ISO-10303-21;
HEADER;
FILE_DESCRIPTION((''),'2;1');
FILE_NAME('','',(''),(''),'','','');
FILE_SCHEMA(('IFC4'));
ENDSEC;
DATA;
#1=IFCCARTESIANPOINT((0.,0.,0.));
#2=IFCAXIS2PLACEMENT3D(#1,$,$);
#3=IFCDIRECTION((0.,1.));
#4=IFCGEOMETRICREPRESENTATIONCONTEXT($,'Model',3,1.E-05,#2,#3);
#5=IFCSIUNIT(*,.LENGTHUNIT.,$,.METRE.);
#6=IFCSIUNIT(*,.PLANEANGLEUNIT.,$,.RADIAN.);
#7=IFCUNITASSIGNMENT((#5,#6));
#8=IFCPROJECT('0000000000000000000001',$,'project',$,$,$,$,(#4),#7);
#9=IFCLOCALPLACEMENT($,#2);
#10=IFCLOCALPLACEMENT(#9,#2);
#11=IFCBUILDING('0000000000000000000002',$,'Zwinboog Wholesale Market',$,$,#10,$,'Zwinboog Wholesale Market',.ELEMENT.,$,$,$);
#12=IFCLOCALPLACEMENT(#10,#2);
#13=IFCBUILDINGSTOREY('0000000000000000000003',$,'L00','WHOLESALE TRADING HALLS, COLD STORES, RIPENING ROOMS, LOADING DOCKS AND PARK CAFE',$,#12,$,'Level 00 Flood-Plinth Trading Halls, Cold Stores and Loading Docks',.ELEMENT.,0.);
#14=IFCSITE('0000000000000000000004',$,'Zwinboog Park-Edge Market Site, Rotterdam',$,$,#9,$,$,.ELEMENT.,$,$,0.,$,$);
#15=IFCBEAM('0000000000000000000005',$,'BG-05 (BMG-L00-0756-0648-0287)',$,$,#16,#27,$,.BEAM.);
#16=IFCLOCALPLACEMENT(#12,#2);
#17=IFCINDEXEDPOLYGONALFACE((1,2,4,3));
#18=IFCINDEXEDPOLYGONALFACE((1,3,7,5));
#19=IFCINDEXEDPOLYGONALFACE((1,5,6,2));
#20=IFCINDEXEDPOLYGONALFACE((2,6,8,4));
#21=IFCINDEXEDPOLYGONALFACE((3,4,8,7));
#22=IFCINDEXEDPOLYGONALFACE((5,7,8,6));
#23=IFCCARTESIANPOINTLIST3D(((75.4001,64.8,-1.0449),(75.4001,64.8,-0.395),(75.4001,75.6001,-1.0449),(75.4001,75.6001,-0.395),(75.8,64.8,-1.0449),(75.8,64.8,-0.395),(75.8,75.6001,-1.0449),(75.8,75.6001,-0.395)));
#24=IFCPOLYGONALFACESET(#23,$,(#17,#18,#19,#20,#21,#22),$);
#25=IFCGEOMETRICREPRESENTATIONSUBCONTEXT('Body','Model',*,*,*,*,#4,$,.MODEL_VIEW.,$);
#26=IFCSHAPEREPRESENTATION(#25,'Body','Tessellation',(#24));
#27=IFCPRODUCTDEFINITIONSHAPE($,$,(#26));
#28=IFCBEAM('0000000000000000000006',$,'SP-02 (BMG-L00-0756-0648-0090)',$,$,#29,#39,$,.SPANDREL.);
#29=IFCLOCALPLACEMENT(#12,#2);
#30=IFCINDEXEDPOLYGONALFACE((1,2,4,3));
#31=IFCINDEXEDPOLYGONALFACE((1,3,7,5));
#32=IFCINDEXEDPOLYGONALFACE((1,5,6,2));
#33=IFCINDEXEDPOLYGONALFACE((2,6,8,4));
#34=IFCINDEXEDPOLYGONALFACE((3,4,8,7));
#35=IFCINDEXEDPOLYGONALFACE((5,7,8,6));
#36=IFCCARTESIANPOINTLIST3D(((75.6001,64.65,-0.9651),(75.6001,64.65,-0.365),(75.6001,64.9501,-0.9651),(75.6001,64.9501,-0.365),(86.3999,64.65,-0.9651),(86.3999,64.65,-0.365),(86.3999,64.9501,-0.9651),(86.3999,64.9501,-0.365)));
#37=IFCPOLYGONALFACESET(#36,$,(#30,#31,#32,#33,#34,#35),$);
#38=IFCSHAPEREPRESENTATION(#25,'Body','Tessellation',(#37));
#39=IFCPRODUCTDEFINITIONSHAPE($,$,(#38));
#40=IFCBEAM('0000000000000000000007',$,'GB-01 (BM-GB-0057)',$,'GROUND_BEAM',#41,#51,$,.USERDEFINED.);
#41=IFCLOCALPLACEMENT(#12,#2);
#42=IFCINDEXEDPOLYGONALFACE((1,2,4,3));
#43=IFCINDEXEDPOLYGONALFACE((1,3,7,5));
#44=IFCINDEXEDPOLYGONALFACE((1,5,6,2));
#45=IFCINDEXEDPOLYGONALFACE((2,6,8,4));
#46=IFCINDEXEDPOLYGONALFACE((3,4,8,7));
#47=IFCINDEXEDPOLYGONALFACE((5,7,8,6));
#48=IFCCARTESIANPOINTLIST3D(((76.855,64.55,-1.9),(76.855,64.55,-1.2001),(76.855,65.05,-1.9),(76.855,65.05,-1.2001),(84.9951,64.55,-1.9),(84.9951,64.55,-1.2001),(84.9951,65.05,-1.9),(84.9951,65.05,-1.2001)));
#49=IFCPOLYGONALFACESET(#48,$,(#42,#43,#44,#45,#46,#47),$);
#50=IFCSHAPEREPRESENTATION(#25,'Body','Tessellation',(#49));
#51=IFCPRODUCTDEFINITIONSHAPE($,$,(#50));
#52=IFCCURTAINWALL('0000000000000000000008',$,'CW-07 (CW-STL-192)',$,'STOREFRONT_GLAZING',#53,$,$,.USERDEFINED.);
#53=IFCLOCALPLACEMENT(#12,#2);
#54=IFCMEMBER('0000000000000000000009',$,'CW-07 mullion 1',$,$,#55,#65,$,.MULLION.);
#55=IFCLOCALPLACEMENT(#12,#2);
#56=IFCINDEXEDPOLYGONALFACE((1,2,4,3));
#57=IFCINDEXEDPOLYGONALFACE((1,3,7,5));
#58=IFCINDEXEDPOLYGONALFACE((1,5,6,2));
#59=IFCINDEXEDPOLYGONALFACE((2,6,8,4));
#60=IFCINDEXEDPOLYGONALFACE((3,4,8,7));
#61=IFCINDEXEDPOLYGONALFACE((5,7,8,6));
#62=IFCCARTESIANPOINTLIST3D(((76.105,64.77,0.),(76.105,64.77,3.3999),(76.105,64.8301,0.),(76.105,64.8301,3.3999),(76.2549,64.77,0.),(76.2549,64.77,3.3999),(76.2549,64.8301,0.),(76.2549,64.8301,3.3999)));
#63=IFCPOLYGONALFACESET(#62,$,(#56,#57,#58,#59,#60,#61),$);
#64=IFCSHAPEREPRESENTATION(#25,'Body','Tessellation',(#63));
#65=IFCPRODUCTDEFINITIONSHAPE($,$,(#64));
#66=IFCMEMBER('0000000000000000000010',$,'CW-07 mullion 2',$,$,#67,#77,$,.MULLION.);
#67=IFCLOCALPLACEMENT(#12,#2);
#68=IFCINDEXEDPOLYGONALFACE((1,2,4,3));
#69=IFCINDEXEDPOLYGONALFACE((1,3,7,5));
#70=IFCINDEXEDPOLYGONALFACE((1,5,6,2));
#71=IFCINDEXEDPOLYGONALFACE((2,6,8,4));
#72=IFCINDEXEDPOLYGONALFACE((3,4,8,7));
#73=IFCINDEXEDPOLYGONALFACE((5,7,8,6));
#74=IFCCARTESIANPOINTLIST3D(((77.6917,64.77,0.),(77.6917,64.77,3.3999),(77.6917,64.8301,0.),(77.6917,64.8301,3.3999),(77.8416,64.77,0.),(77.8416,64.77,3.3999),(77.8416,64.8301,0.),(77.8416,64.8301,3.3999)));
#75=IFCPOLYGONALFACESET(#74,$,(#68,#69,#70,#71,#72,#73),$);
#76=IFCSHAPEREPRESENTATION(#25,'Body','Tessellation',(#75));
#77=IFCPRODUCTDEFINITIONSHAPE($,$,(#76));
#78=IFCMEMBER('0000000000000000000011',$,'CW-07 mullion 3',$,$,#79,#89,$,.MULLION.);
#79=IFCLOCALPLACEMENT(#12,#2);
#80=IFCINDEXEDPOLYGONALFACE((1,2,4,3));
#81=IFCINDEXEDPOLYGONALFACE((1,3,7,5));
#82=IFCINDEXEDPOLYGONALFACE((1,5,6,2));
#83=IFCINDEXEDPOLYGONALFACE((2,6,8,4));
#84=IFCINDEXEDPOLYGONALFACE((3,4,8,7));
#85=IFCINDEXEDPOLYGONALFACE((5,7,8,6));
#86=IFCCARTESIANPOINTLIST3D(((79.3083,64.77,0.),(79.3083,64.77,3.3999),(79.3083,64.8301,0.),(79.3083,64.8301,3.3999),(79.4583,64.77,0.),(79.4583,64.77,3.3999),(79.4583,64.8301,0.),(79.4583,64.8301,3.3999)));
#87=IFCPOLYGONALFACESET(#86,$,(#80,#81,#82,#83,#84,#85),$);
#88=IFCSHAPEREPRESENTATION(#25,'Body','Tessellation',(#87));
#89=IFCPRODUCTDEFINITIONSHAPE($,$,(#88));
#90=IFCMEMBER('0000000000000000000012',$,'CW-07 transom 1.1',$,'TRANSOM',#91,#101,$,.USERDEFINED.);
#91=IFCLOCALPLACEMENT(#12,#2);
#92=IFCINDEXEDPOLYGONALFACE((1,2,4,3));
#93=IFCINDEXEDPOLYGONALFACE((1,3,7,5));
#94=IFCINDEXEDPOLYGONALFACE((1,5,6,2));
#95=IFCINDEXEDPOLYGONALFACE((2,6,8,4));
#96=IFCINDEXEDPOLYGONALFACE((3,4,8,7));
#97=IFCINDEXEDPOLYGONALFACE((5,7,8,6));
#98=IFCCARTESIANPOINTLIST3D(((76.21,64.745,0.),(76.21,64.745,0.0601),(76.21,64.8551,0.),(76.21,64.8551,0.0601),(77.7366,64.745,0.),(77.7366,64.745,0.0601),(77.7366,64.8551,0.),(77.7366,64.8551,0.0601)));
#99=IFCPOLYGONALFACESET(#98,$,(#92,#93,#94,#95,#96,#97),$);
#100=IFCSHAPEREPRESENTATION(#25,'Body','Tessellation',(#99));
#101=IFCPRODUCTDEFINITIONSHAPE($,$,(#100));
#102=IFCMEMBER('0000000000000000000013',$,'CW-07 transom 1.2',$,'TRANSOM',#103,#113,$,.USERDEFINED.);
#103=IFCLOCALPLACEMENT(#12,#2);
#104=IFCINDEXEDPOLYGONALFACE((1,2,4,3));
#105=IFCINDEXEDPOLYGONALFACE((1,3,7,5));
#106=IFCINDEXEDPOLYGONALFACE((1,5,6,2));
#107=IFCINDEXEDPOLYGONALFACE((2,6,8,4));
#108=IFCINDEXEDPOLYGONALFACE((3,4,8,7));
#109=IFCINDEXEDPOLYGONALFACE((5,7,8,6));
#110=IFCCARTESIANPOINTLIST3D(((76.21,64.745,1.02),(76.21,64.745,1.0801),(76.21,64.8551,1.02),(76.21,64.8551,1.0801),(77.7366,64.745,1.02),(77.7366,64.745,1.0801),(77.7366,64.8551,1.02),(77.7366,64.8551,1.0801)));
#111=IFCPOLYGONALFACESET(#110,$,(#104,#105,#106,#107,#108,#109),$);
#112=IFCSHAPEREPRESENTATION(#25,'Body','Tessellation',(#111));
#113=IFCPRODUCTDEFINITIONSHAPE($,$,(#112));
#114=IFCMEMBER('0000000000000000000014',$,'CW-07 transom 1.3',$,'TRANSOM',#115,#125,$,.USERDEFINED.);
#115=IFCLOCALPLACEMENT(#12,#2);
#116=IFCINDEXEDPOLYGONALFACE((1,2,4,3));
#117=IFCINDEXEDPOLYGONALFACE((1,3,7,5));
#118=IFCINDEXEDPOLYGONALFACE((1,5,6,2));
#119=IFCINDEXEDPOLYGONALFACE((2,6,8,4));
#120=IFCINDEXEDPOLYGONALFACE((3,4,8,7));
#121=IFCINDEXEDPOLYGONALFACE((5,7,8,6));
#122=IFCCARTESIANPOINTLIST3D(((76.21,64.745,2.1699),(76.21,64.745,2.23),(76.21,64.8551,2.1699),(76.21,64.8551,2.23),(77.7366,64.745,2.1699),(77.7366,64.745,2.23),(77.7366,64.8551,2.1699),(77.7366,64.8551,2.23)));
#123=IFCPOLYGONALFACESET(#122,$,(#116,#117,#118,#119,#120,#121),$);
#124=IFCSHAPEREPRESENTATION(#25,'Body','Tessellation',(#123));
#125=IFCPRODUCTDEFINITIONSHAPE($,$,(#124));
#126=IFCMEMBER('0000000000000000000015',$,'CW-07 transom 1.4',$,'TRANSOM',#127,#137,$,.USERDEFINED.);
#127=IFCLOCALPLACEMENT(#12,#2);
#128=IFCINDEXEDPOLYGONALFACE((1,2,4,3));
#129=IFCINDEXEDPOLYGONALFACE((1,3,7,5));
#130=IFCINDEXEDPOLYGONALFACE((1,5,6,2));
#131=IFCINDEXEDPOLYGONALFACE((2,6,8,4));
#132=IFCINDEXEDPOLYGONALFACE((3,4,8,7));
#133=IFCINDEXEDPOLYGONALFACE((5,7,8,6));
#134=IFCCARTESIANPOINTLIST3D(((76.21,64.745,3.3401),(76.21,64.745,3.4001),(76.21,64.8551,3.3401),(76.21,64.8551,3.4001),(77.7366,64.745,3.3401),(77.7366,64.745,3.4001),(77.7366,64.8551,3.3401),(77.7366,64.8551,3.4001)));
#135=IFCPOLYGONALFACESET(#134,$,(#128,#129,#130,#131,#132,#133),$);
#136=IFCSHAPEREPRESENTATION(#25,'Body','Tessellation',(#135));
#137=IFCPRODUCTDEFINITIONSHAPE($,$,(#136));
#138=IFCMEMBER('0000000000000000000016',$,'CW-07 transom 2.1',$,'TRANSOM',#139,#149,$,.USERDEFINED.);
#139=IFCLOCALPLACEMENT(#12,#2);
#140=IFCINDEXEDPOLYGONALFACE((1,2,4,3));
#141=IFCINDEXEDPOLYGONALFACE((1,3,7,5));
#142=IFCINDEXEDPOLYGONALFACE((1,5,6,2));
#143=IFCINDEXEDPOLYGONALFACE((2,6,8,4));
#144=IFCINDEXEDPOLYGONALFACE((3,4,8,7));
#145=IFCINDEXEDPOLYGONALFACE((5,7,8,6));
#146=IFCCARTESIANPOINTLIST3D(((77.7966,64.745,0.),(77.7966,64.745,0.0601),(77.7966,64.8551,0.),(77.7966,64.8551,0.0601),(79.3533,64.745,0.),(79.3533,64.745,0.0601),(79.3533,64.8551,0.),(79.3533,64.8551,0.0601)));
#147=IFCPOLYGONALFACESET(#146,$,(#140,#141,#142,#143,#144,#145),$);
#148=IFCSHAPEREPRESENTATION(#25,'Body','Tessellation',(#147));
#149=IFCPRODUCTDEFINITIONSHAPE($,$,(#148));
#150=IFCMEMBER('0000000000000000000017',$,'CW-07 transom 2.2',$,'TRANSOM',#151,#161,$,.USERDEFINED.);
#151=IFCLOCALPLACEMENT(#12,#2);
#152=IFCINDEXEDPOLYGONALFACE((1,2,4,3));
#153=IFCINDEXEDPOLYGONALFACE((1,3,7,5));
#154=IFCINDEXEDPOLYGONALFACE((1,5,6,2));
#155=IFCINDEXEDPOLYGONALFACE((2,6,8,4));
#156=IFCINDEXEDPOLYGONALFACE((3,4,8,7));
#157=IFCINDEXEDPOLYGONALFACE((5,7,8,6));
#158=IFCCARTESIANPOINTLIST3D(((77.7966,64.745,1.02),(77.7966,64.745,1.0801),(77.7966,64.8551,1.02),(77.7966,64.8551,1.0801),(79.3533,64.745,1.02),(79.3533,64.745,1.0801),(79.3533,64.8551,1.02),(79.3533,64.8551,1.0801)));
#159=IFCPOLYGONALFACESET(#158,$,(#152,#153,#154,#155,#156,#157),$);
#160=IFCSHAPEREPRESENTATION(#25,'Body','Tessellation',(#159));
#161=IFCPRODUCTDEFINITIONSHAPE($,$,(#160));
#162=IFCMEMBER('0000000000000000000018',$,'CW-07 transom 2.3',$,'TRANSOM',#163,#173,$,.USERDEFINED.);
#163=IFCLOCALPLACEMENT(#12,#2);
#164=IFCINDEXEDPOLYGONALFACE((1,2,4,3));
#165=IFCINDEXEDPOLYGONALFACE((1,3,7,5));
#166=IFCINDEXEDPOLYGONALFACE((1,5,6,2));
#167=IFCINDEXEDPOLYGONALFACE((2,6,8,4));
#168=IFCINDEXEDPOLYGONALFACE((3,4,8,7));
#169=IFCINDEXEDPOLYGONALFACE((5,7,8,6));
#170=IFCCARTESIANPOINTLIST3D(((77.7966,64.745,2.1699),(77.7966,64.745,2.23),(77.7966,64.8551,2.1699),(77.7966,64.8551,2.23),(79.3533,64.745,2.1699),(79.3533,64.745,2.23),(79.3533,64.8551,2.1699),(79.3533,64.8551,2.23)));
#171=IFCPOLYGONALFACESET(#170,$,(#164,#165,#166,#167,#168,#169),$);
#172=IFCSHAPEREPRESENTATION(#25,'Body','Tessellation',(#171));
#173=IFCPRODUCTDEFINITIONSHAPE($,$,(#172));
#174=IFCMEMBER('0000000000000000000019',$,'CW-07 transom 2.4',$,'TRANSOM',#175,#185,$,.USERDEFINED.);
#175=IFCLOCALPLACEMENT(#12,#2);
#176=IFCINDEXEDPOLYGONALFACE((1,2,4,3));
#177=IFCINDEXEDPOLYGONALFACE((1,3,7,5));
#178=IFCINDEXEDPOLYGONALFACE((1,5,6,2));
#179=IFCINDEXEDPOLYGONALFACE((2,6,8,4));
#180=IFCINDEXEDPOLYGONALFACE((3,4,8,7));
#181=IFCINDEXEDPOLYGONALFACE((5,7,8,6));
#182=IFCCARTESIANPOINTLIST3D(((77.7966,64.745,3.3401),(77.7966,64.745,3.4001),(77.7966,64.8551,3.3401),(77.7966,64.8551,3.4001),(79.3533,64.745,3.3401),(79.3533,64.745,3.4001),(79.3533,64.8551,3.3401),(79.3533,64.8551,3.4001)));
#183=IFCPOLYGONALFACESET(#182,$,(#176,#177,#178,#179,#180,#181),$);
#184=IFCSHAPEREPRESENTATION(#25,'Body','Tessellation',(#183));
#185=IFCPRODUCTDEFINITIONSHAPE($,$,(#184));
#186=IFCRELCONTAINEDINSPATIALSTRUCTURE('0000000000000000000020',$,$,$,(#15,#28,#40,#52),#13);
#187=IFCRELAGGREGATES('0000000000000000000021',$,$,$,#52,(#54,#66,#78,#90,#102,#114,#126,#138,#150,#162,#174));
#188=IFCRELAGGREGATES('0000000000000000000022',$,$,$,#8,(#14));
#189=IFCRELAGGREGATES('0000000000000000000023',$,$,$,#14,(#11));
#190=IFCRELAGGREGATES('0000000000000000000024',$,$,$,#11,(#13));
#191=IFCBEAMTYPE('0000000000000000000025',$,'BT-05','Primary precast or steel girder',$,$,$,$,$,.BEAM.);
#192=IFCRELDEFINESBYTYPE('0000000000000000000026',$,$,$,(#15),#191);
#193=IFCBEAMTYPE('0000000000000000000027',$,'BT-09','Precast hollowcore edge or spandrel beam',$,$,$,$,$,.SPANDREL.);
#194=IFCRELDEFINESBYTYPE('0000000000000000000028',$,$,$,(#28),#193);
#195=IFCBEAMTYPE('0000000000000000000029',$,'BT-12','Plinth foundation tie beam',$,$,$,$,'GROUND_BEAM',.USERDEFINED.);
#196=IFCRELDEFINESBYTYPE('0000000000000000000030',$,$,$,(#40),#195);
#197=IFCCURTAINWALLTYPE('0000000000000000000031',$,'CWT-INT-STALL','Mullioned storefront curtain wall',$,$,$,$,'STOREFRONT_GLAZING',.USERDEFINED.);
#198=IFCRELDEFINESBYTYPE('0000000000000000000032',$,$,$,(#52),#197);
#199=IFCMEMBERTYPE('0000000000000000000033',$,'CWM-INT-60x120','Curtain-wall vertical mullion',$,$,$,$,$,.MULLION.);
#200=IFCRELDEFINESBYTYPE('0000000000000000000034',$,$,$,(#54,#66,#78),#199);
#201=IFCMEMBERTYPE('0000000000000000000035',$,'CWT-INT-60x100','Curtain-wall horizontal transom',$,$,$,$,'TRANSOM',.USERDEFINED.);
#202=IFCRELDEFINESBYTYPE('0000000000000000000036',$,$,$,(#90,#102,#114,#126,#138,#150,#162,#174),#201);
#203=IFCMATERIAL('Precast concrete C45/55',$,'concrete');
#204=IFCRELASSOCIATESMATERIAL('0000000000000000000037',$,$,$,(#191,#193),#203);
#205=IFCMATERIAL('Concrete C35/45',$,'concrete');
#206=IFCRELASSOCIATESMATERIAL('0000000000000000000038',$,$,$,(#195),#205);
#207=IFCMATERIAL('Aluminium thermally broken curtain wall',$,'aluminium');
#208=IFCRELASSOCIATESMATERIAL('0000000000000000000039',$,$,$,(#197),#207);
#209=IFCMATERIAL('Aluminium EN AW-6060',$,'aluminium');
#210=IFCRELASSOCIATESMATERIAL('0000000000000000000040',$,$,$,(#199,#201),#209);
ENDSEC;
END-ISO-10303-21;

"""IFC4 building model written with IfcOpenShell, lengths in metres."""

from ifc_helpers import new_model, si_unit, direction, frame, origin, origin_2d, place, context, subcontext, project, spatial, rectangle, extrude, material, material_profile, profile_set, type_object, element, aggregate, save


model = new_model("IFC4")

# Units and contexts
model_context = context("Model", 3, precision=1e-05, world=origin(), true_north=direction((0.0, 1.0)))
body_context = subcontext(model_context, "Body", "Model", "MODEL_VIEW")
ifc_project = project(units=[si_unit("LENGTHUNIT", "METRE"), si_unit("PLANEANGLEUNIT", "RADIAN")], contexts=[model_context])

# Site, building, storey
site_placement = place(None, origin())
site = spatial("IfcSite", under=ifc_project, at=site_placement, Name="Zwinboog Park-Edge Market Site, Rotterdam", CompositionType="ELEMENT", RefElevation=0.0)
building_placement = place(site_placement, origin())
building = spatial("IfcBuilding", under=site, at=building_placement, Name="Zwinboog Wholesale Market", LongName="Zwinboog Wholesale Market", CompositionType="ELEMENT")
storey_placement = place(building_placement, origin())
storey = spatial("IfcBuildingStorey", under=building, at=storey_placement, Name="L00", Description="WHOLESALE TRADING HALLS, COLD STORES, RIPENING ROOMS, LOADING DOCKS AND PARK CAFE", LongName="Level 00 Flood-Plinth Trading Halls, Cold Stores and Loading Docks", CompositionType="ELEMENT", Elevation=0.0)

# Beams
ifc_material_1 = material(Name="Precast concrete C45/55", Category="concrete")
ifc_material_profile_1 = material_profile(ifc_material_1, rectangle(XDim=0.3999, YDim=0.6499, at=origin_2d()), Name="PC 400x650")
ifc_profile_set_1 = profile_set([ifc_material_profile_1], Name="Precast concrete C45/55")
beam_type_1 = type_object("IfcBeamType", Name="BT-05", Description="Primary precast or steel girder", PredefinedType="BEAM", material=ifc_profile_set_1)
beam_1_placement = place(storey_placement, frame((75.6001, 64.8, -0.72), z_axis=(0.0, 1.0, 0.0), x_axis=(-1.0, 0.0, 0.0)))
element("IfcBeam", 1, at=beam_1_placement, inside=storey, type_object=beam_type_1, Name="BG-05 (BMG-L00-0756-0648-0287)", PredefinedType="BEAM", context=body_context, shape_type="SweptSolid", body=[
    extrude(rectangle(XDim=0.3999, YDim=0.6499, at=origin_2d()), origin(), (0.0, 0.0, 1.0), 10.8),
])
ifc_material_profile_2 = material_profile(ifc_material_1, rectangle(XDim=0.3, YDim=0.6001, at=origin_2d()), Name="PC 300x600")
ifc_profile_set_2 = profile_set([ifc_material_profile_2], Name="Precast concrete C45/55")
beam_type_2 = type_object("IfcBeamType", Name="BT-09", Description="Precast hollowcore edge or spandrel beam", PredefinedType="SPANDREL", material=ifc_profile_set_2)
beam_2_placement = place(storey_placement, frame((75.6001, 64.8, -0.665), z_axis=(1.0, 0.0, 0.0), x_axis=(0.0, 1.0, 0.0)))
element("IfcBeam", 2, at=beam_2_placement, inside=storey, type_object=beam_type_2, Name="SP-02 (BMG-L00-0756-0648-0090)", PredefinedType="SPANDREL", context=body_context, shape_type="SweptSolid", body=[
    extrude(rectangle(XDim=0.3, YDim=0.6001, at=origin_2d()), origin(), (0.0, 0.0, 1.0), 10.7998),
])
ifc_material_2 = material(Name="Concrete C35/45", Category="concrete")
ifc_material_profile_3 = material_profile(ifc_material_2, rectangle(XDim=0.5, YDim=0.7, at=origin_2d()), Name="RC 500x700")
ifc_profile_set_3 = profile_set([ifc_material_profile_3], Name="Concrete C35/45")
beam_type_3 = type_object("IfcBeamType", Name="BT-12", Description="Plinth foundation tie beam", ElementType="GROUND_BEAM", PredefinedType="USERDEFINED", material=ifc_profile_set_3)
beam_3_placement = place(storey_placement, frame((76.855, 64.8, -1.55), z_axis=(1.0, 0.0, 0.0), x_axis=(0.0, 1.0, 0.0)))
element("IfcBeam", 3, at=beam_3_placement, inside=storey, type_object=beam_type_3, Name="GB-01 (BM-GB-0057)", ObjectType="GROUND_BEAM", PredefinedType="USERDEFINED", context=body_context, shape_type="SweptSolid", body=[
    extrude(rectangle(XDim=0.5, YDim=0.7, at=origin_2d()), origin(), (0.0, 0.0, 1.0), 8.1401),
])

# Curtain wall, members
ifc_material_3 = material(Name="Aluminium thermally broken curtain wall", Category="aluminium")
curtain_wall_type = type_object("IfcCurtainWallType", Name="CWT-INT-STALL", Description="Mullioned storefront curtain wall", ElementType="STOREFRONT_GLAZING", PredefinedType="USERDEFINED", material=ifc_material_3)
curtain_wall_placement = place(storey_placement, origin())
curtain_wall = element("IfcCurtainWall", 4, at=curtain_wall_placement, inside=storey, type_object=curtain_wall_type, Name="CW-07 (CW-STL-192)", ObjectType="STOREFRONT_GLAZING", PredefinedType="USERDEFINED")
ifc_material_4 = material(Name="Aluminium EN AW-6060", Category="aluminium")
ifc_material_profile_4 = material_profile(ifc_material_4, rectangle(XDim=0.0601, YDim=0.1499, at=origin_2d()), Name="AL 60x150")
ifc_profile_set_4 = profile_set([ifc_material_profile_4], Name="Aluminium EN AW-6060")
member_type_1 = type_object("IfcMemberType", Name="CWM-INT-60x120", Description="Curtain-wall vertical mullion", PredefinedType="MULLION", material=ifc_profile_set_4)
member_1_placement = place(storey_placement, frame((76.1799, 64.8, 0.0), z_axis=(0.0, 0.0, 1.0), x_axis=(0.0, 1.0, 0.0)))
member_1 = element("IfcMember", 5, at=member_1_placement, type_object=member_type_1, Name="CW-07 mullion 1", PredefinedType="MULLION", context=body_context, shape_type="SweptSolid", body=[
    extrude(rectangle(XDim=0.0601, YDim=0.1499, at=origin_2d()), origin(), (0.0, 0.0, 1.0), 3.3999),
])
member_2_placement = place(storey_placement, frame((77.7666, 64.8, 0.0), z_axis=(0.0, 0.0, 1.0), x_axis=(0.0, 1.0, 0.0)))
member_2 = element("IfcMember", 6, at=member_2_placement, type_object=member_type_1, Name="CW-07 mullion 2", PredefinedType="MULLION", context=body_context, shape_type="SweptSolid", body=[
    extrude(rectangle(XDim=0.0601, YDim=0.1499, at=origin_2d()), origin(), (0.0, 0.0, 1.0), 3.3999),
])
member_3_placement = place(storey_placement, frame((79.3833, 64.8, 0.0), z_axis=(0.0, 0.0, 1.0), x_axis=(0.0, 1.0, 0.0)))
member_3 = element("IfcMember", 7, at=member_3_placement, type_object=member_type_1, Name="CW-07 mullion 3", PredefinedType="MULLION", context=body_context, shape_type="SweptSolid", body=[
    extrude(rectangle(XDim=0.0601, YDim=0.1499, at=origin_2d()), origin(), (0.0, 0.0, 1.0), 3.3999),
])
ifc_material_profile_5 = material_profile(ifc_material_4, rectangle(XDim=0.1101, YDim=0.0601, at=origin_2d()), Name="AL 60x110")
ifc_profile_set_5 = profile_set([ifc_material_profile_5], Name="Aluminium EN AW-6060")
member_type_2 = type_object("IfcMemberType", Name="CWT-INT-60x100", Description="Curtain-wall horizontal transom", ElementType="TRANSOM", PredefinedType="USERDEFINED", material=ifc_profile_set_5)
member_4_placement = place(storey_placement, frame((76.21, 64.8, 0.03), z_axis=(1.0, 0.0, 0.0), x_axis=(0.0, 1.0, 0.0)))
member_4 = element("IfcMember", 8, at=member_4_placement, type_object=member_type_2, Name="CW-07 transom 1.1", ObjectType="TRANSOM", PredefinedType="USERDEFINED", context=body_context, shape_type="SweptSolid", body=[
    extrude(rectangle(XDim=0.1101, YDim=0.0601, at=origin_2d()), origin(), (0.0, 0.0, 1.0), 1.5266),
])
member_5_placement = place(storey_placement, frame((76.21, 64.8, 1.05), z_axis=(1.0, 0.0, 0.0), x_axis=(0.0, 1.0, 0.0)))
member_5 = element("IfcMember", 9, at=member_5_placement, type_object=member_type_2, Name="CW-07 transom 1.2", ObjectType="TRANSOM", PredefinedType="USERDEFINED", context=body_context, shape_type="SweptSolid", body=[
    extrude(rectangle(XDim=0.1101, YDim=0.0601, at=origin_2d()), origin(), (0.0, 0.0, 1.0), 1.5266),
])
member_6_placement = place(storey_placement, frame((76.21, 64.8, 2.2), z_axis=(1.0, 0.0, 0.0), x_axis=(0.0, 1.0, 0.0)))
member_6 = element("IfcMember", 10, at=member_6_placement, type_object=member_type_2, Name="CW-07 transom 1.3", ObjectType="TRANSOM", PredefinedType="USERDEFINED", context=body_context, shape_type="SweptSolid", body=[
    extrude(rectangle(XDim=0.1101, YDim=0.0601, at=origin_2d()), origin(), (0.0, 0.0, 1.0), 1.5266),
])
member_7_placement = place(storey_placement, frame((76.21, 64.8, 3.3701), z_axis=(1.0, 0.0, 0.0), x_axis=(0.0, 1.0, 0.0)))
member_7 = element("IfcMember", 11, at=member_7_placement, type_object=member_type_2, Name="CW-07 transom 1.4", ObjectType="TRANSOM", PredefinedType="USERDEFINED", context=body_context, shape_type="SweptSolid", body=[
    extrude(rectangle(XDim=0.1101, YDim=0.0601, at=origin_2d()), origin(), (0.0, 0.0, 1.0), 1.5266),
])
member_8_placement = place(storey_placement, frame((77.7966, 64.8, 0.03), z_axis=(1.0, 0.0, 0.0), x_axis=(0.0, 1.0, 0.0)))
member_8 = element("IfcMember", 12, at=member_8_placement, type_object=member_type_2, Name="CW-07 transom 2.1", ObjectType="TRANSOM", PredefinedType="USERDEFINED", context=body_context, shape_type="SweptSolid", body=[
    extrude(rectangle(XDim=0.1101, YDim=0.0601, at=origin_2d()), origin(), (0.0, 0.0, 1.0), 1.5566),
])
member_9_placement = place(storey_placement, frame((77.7966, 64.8, 1.05), z_axis=(1.0, 0.0, 0.0), x_axis=(0.0, 1.0, 0.0)))
member_9 = element("IfcMember", 13, at=member_9_placement, type_object=member_type_2, Name="CW-07 transom 2.2", ObjectType="TRANSOM", PredefinedType="USERDEFINED", context=body_context, shape_type="SweptSolid", body=[
    extrude(rectangle(XDim=0.1101, YDim=0.0601, at=origin_2d()), origin(), (0.0, 0.0, 1.0), 1.5566),
])
member_10_placement = place(storey_placement, frame((77.7966, 64.8, 2.2), z_axis=(1.0, 0.0, 0.0), x_axis=(0.0, 1.0, 0.0)))
member_10 = element("IfcMember", 14, at=member_10_placement, type_object=member_type_2, Name="CW-07 transom 2.3", ObjectType="TRANSOM", PredefinedType="USERDEFINED", context=body_context, shape_type="SweptSolid", body=[
    extrude(rectangle(XDim=0.1101, YDim=0.0601, at=origin_2d()), origin(), (0.0, 0.0, 1.0), 1.5566),
])
member_11_placement = place(storey_placement, frame((77.7966, 64.8, 3.3701), z_axis=(1.0, 0.0, 0.0), x_axis=(0.0, 1.0, 0.0)))
member_11 = element("IfcMember", 15, at=member_11_placement, type_object=member_type_2, Name="CW-07 transom 2.4", ObjectType="TRANSOM", PredefinedType="USERDEFINED", context=body_context, shape_type="SweptSolid", body=[
    extrude(rectangle(XDim=0.1101, YDim=0.0601, at=origin_2d()), origin(), (0.0, 0.0, 1.0), 1.5566),
])
aggregate(curtain_wall, [member_1, member_2, member_3, member_4, member_5, member_6, member_7, member_8, member_9, member_10, member_11])

save(model, "model.ifc")
